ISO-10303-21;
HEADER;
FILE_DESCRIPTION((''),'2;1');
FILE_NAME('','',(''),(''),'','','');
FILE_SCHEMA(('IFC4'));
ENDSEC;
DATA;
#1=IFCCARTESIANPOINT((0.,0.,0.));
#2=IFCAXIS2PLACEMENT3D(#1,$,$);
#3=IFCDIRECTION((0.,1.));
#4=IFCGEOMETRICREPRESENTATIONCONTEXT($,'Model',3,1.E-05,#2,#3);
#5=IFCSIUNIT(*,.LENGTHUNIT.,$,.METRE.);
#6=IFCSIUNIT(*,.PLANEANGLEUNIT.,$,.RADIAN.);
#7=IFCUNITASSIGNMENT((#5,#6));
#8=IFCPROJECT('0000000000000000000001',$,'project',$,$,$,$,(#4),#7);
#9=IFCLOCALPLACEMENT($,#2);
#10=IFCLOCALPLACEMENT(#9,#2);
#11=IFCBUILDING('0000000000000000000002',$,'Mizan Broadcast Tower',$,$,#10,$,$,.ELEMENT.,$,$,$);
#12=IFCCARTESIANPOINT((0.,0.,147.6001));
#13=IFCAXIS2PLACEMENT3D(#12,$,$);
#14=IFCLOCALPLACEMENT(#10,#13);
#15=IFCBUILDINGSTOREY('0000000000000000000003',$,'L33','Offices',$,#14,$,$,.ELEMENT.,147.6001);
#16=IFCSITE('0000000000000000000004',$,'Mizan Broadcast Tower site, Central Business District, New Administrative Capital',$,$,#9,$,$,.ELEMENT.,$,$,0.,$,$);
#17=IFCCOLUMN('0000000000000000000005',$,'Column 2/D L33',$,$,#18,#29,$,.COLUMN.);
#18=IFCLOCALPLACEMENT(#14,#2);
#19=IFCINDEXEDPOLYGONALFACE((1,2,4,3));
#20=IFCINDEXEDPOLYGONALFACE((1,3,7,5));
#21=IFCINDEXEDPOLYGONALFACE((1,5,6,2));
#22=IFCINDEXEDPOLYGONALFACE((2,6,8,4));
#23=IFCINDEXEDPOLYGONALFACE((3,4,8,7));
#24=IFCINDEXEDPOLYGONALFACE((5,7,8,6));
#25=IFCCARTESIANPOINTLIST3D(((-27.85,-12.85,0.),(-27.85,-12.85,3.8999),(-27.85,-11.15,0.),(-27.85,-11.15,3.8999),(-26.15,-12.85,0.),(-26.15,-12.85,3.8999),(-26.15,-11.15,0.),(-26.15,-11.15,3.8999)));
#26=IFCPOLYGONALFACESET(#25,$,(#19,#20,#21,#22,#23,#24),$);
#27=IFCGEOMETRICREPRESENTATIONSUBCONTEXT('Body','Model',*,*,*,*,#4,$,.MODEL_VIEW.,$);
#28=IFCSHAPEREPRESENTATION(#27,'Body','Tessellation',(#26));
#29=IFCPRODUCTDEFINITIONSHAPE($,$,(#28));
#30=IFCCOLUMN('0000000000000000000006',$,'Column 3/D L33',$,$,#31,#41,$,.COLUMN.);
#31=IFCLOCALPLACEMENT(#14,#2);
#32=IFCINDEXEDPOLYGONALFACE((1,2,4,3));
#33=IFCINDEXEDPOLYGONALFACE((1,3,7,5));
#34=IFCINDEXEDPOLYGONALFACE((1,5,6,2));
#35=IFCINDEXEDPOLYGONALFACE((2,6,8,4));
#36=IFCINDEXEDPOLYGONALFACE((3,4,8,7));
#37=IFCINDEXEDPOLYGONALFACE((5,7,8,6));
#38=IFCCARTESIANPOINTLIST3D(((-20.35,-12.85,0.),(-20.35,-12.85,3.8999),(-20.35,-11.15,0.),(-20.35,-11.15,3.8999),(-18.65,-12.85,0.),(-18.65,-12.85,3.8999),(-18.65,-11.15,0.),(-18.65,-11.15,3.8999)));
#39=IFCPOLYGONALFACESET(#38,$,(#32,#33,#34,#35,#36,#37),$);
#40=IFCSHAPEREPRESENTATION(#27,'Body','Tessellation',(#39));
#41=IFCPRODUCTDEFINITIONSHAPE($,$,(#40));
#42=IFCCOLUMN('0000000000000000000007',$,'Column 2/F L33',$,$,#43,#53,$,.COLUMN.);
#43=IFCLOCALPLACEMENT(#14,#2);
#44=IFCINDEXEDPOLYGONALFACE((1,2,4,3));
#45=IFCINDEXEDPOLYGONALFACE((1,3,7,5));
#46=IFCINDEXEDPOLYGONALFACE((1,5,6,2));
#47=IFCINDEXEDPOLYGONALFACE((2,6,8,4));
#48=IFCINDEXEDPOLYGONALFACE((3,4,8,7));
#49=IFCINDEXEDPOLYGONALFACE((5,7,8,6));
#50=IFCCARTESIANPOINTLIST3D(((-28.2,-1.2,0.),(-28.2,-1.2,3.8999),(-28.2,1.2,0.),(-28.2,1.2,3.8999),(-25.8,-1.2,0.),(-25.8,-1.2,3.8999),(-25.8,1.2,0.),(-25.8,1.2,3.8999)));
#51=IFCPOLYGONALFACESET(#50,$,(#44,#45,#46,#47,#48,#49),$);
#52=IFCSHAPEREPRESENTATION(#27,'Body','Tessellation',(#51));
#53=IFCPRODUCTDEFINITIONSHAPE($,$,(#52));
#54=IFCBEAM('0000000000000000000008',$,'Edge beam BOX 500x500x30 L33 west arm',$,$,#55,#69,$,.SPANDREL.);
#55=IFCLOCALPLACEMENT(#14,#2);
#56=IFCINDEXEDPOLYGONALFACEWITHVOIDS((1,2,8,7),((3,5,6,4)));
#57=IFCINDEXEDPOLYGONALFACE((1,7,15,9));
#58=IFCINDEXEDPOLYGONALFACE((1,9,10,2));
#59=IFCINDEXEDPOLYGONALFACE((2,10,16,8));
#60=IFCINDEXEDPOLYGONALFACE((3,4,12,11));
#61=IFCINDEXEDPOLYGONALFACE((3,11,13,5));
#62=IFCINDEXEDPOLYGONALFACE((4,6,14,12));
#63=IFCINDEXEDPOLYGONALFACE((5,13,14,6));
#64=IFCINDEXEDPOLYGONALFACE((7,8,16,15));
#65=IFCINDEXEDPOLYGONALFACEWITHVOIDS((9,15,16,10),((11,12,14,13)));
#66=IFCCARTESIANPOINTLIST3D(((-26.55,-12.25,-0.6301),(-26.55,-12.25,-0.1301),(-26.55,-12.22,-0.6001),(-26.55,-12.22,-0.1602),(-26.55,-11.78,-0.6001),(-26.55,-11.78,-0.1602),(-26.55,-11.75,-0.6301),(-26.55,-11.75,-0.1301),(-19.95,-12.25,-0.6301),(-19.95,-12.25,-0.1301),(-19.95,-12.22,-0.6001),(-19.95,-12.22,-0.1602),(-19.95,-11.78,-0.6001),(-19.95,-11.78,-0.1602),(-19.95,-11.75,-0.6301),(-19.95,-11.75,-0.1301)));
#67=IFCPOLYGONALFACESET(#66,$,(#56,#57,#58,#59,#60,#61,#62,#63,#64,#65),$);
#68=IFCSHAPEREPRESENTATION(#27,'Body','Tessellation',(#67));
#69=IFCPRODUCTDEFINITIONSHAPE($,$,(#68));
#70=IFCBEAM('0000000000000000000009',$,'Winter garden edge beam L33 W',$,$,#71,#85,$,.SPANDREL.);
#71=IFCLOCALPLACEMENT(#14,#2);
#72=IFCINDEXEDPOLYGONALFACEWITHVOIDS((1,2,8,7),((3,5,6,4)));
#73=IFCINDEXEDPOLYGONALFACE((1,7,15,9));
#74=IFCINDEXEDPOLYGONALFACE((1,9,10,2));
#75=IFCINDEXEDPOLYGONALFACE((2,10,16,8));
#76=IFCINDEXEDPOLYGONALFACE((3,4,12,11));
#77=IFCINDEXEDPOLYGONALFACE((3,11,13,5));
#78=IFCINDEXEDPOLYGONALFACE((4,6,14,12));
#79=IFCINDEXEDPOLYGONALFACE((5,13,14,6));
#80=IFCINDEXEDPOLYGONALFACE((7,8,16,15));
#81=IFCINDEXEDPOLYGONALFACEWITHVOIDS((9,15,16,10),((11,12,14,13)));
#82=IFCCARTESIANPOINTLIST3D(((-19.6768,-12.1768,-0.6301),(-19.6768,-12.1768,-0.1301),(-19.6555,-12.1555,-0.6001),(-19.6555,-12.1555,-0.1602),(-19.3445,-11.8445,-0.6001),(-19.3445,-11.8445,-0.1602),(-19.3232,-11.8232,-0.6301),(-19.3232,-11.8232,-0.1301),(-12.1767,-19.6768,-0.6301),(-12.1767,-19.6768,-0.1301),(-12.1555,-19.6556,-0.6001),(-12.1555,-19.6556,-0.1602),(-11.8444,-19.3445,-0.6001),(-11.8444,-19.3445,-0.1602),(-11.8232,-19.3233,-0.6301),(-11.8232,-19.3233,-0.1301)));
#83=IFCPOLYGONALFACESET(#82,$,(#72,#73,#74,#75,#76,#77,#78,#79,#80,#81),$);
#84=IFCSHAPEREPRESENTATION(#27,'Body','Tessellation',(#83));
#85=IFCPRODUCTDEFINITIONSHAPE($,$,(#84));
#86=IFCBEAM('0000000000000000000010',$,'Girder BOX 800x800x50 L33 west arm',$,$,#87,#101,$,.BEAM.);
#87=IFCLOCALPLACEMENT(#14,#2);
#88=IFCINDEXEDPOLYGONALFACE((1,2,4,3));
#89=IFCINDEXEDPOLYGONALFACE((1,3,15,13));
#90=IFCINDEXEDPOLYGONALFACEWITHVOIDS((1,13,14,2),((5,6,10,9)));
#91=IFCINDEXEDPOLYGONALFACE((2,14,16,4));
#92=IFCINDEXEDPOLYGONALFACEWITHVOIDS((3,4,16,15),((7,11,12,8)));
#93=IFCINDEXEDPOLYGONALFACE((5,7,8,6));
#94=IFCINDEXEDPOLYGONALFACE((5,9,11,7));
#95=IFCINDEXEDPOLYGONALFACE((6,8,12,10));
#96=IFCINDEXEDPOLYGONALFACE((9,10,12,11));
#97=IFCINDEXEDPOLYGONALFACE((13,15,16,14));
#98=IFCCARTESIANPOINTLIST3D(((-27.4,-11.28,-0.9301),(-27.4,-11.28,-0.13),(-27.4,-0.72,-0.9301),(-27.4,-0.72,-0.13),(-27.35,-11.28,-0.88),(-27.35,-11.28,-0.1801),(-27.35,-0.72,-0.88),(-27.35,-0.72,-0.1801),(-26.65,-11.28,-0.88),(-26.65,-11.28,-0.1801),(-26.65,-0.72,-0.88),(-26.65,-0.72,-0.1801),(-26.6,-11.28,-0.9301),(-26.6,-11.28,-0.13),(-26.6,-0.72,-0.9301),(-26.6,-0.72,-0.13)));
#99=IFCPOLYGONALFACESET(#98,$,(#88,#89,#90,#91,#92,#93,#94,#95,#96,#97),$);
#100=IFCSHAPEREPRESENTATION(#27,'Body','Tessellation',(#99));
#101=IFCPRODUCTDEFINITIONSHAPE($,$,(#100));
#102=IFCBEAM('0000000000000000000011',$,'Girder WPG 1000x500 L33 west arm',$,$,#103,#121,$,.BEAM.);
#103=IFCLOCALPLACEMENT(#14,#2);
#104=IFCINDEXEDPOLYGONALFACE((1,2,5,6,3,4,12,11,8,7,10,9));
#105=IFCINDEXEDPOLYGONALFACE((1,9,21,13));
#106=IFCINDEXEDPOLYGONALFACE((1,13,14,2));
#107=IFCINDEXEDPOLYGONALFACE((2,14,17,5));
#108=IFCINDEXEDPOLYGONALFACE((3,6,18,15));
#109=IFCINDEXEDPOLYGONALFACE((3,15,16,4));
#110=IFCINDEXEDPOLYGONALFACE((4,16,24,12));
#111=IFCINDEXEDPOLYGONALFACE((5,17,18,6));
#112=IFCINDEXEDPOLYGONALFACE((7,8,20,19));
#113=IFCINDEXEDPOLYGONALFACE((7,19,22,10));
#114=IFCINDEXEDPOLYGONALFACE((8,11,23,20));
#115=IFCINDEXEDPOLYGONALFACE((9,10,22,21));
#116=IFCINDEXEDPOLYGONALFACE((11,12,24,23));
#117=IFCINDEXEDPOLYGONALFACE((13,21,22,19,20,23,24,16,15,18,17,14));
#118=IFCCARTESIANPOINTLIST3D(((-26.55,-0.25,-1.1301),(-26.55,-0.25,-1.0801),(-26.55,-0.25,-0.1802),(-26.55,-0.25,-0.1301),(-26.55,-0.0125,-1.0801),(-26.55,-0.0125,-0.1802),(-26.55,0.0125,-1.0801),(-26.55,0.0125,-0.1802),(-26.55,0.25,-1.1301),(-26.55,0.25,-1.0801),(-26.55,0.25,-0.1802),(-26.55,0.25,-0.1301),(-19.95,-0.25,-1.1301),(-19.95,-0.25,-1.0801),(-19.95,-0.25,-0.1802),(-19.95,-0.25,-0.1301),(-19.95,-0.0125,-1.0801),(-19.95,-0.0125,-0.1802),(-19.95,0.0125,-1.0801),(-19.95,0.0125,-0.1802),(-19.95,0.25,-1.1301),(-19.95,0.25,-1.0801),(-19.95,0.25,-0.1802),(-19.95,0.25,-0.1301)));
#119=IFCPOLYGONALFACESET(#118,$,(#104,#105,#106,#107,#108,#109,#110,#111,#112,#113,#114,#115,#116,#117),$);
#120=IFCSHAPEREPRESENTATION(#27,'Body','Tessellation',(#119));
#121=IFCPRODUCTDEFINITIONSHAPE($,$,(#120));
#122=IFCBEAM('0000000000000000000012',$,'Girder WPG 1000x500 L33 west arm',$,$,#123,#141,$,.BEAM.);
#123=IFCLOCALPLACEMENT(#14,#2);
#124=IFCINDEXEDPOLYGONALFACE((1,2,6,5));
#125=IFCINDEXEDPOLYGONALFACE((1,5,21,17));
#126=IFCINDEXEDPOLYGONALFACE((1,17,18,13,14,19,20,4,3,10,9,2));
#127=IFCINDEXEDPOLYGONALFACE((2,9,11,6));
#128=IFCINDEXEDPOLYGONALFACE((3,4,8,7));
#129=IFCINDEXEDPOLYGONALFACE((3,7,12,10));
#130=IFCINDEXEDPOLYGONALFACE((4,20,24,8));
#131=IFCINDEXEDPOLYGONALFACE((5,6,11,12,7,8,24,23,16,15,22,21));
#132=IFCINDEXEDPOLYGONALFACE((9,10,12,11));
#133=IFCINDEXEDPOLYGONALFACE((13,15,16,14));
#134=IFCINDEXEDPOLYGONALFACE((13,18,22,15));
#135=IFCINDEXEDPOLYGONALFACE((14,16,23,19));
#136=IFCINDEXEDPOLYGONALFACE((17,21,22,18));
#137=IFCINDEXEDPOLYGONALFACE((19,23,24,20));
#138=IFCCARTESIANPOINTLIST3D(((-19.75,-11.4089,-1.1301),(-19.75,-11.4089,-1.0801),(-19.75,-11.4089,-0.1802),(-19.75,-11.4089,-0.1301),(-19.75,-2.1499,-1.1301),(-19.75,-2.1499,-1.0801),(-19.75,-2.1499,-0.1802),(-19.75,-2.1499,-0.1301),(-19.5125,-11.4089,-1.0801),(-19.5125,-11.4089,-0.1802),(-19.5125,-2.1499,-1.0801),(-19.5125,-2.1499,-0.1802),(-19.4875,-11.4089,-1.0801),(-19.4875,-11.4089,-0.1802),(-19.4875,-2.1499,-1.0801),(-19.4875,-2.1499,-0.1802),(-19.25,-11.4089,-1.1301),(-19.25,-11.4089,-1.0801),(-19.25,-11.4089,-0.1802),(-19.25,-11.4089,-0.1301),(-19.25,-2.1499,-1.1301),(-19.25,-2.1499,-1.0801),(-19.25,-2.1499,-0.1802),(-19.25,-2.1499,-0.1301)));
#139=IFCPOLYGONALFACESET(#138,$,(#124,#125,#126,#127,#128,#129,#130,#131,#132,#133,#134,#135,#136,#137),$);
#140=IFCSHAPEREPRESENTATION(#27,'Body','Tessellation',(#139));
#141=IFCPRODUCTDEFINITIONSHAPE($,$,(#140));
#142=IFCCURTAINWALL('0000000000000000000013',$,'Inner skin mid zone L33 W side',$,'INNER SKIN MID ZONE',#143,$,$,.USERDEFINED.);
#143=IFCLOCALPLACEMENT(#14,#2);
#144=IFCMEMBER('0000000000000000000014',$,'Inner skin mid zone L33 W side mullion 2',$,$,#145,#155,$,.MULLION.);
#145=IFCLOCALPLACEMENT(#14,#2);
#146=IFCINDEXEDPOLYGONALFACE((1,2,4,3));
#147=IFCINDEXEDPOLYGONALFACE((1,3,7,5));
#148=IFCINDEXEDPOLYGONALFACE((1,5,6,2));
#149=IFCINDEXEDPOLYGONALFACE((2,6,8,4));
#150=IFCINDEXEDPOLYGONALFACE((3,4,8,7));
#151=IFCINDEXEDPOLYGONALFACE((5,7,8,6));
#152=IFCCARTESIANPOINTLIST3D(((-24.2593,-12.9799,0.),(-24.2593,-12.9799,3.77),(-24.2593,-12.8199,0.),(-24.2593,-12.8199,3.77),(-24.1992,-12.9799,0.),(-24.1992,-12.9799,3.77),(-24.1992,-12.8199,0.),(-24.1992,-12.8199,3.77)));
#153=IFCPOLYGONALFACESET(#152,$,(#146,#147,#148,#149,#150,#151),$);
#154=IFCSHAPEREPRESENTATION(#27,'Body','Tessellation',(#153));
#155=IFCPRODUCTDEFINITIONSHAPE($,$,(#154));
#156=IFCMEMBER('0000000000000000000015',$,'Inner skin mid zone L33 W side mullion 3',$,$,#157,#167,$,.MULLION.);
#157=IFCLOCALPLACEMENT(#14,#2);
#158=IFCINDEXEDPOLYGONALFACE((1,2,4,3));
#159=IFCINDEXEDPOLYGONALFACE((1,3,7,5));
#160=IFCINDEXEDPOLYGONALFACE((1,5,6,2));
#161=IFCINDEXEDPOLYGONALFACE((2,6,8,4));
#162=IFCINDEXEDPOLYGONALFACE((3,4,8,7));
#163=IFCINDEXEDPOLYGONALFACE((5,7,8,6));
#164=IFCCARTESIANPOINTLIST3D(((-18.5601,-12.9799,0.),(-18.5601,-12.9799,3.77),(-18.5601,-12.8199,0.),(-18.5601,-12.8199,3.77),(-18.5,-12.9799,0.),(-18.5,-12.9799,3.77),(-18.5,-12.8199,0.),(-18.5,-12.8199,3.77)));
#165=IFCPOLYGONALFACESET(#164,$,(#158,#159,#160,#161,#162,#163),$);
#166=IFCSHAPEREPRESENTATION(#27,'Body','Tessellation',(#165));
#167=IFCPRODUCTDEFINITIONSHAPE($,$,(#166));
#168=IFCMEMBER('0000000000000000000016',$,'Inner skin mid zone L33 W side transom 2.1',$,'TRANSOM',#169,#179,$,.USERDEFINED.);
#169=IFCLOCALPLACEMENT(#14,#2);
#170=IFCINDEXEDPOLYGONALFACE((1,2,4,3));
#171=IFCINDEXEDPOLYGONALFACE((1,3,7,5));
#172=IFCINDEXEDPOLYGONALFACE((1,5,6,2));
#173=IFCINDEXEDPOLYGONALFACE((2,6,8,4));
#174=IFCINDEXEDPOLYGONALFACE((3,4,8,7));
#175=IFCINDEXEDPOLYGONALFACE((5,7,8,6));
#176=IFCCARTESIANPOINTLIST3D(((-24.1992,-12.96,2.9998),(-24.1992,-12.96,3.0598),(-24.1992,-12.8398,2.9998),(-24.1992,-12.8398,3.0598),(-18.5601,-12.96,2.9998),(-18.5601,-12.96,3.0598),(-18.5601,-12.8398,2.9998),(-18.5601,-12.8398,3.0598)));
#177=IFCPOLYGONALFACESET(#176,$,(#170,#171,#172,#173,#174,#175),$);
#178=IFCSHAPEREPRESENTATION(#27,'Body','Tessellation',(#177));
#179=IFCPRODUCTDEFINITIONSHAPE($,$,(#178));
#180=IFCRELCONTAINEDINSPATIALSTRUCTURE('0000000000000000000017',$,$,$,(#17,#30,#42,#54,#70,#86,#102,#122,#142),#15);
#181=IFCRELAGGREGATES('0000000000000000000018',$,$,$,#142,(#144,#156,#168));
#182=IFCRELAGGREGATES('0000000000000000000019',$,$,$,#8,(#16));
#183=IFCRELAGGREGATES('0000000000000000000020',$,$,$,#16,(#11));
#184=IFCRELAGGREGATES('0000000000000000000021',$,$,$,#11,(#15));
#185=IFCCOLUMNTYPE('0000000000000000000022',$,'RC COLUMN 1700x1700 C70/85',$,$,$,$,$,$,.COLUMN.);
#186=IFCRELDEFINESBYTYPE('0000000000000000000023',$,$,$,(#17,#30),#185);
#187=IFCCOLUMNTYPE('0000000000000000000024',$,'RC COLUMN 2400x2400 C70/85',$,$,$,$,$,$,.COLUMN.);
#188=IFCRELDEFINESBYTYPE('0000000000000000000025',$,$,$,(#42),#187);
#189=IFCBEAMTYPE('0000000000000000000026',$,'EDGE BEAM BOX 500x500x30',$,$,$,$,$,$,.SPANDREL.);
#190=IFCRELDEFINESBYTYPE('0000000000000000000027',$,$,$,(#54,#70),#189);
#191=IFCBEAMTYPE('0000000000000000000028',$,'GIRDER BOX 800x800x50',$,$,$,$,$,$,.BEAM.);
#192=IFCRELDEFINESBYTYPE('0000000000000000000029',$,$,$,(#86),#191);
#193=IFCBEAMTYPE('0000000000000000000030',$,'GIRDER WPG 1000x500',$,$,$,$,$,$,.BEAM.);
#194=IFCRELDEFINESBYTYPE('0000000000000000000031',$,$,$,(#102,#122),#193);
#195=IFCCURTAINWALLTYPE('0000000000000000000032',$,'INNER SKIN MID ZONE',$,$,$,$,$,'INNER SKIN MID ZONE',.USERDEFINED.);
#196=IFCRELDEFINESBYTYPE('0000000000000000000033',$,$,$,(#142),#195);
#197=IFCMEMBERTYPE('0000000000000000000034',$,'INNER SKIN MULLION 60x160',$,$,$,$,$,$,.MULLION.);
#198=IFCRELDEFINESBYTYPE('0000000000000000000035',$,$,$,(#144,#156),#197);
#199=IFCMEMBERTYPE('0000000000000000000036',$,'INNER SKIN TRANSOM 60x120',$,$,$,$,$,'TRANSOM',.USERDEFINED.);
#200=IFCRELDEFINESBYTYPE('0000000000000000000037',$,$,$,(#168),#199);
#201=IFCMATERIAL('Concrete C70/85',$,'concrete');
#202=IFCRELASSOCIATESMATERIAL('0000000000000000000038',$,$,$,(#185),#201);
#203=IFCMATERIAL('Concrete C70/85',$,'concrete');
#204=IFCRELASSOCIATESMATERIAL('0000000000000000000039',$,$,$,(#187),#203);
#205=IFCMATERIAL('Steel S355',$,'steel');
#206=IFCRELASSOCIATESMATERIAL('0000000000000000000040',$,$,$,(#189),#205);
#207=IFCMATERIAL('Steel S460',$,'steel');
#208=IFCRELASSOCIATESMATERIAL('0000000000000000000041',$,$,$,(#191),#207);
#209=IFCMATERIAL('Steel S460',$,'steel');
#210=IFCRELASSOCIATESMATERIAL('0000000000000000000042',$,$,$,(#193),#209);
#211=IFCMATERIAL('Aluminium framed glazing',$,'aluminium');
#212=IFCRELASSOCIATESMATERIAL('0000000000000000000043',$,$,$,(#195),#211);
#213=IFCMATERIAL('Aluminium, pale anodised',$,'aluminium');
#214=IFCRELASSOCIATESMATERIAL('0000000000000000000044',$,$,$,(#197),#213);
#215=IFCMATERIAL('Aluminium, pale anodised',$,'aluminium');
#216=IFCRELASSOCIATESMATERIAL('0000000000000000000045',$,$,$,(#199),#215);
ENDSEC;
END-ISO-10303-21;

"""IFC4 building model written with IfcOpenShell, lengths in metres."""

from ifc_helpers import new_model, si_unit, direction, frame, origin, origin_2d, place, context, subcontext, project, spatial, rectangle, hollow_rectangle, i_section, extrude, material, material_profile, profile_set, type_object, element, aggregate, save


model = new_model("IFC4")

# Units and contexts
model_context = context("Model", 3, precision=1e-05, world=origin(), true_north=direction((0.0, 1.0)))
body_context = subcontext(model_context, "Body", "Model", "MODEL_VIEW")
ifc_project = project(units=[si_unit("LENGTHUNIT", "METRE"), si_unit("PLANEANGLEUNIT", "RADIAN")], contexts=[model_context])

# Site, building, storey
site_placement = place(None, origin())
site = spatial("IfcSite", under=ifc_project, at=site_placement, Name="Mizan Broadcast Tower site, Central Business District, New Administrative Capital", CompositionType="ELEMENT", RefElevation=0.0)
building_placement = place(site_placement, origin())
building = spatial("IfcBuilding", under=site, at=building_placement, Name="Mizan Broadcast Tower", CompositionType="ELEMENT")
storey_placement = place(building_placement, frame((0.0, 0.0, 147.6001)))
storey = spatial("IfcBuildingStorey", under=building, at=storey_placement, Name="L33", Description="Offices", CompositionType="ELEMENT", Elevation=147.6001)

# Columns
ifc_material_1 = material(Name="Concrete C70/85", Category="concrete")
ifc_material_profile_1 = material_profile(ifc_material_1, rectangle(XDim=1.7, YDim=1.7, at=origin_2d()), Name="RC 1700x1700")
ifc_profile_set_1 = profile_set([ifc_material_profile_1], Name="Concrete C70/85")
column_type_1 = type_object("IfcColumnType", Name="RC COLUMN 1700x1700 C70/85", PredefinedType="COLUMN", material=ifc_profile_set_1)
for number, where, z_axis, x_axis, name in (
    (1, (-27.0, -12.0, 0.0), (0.0, 0.0, 1.0), (1.0, 0.0, 0.0), "Column 2/D L33"),
    (2, (-19.5, -12.0, 0.0), (0.0, 0.0, 1.0), (1.0, 0.0, 0.0), "Column 3/D L33"),
):
    element("IfcColumn", number, at=place(storey_placement, frame(where, z_axis=z_axis, x_axis=x_axis)), inside=storey, type_object=column_type_1, Name=name, PredefinedType="COLUMN", context=body_context, shape_type="SweptSolid", body=[
        extrude(rectangle(XDim=1.7, YDim=1.7, at=origin_2d()), origin(), (0.0, 0.0, 1.0), 3.8999),
    ])
ifc_material_2 = material(Name="Concrete C70/85", Category="concrete")
ifc_material_profile_2 = material_profile(ifc_material_2, rectangle(XDim=2.3999, YDim=2.3999, at=origin_2d()), Name="RC 2400x2400")
ifc_profile_set_2 = profile_set([ifc_material_profile_2], Name="Concrete C70/85")
column_type_2 = type_object("IfcColumnType", Name="RC COLUMN 2400x2400 C70/85", PredefinedType="COLUMN", material=ifc_profile_set_2)
column_placement = place(storey_placement, frame((-27.0, 0.0, 0.0), z_axis=(0.0, 0.0, 1.0), x_axis=(1.0, 0.0, 0.0)))
element("IfcColumn", 3, at=column_placement, inside=storey, type_object=column_type_2, Name="Column 2/F L33", PredefinedType="COLUMN", context=body_context, shape_type="SweptSolid", body=[
    extrude(rectangle(XDim=2.3999, YDim=2.3999, at=origin_2d()), origin(), (0.0, 0.0, 1.0), 3.8999),
])

# Beams
ifc_material_3 = material(Name="Steel S355", Category="steel")
ifc_material_profile_3 = material_profile(ifc_material_3, hollow_rectangle(XDim=0.5, YDim=0.5, WallThickness=0.03, at=origin_2d()), Name="BOX 500x500x30")
ifc_profile_set_3 = profile_set([ifc_material_profile_3], Name="Steel S355")
beam_type_1 = type_object("IfcBeamType", Name="EDGE BEAM BOX 500x500x30", PredefinedType="SPANDREL", material=ifc_profile_set_3)
beam_1_placement = place(storey_placement, frame((-19.95, -12.0, -0.3801), z_axis=(-1.0, 0.0, 0.0), x_axis=(0.0, -1.0, 0.0)))
element("IfcBeam", 4, at=beam_1_placement, inside=storey, type_object=beam_type_1, Name="Edge beam BOX 500x500x30 L33 west arm", PredefinedType="SPANDREL", context=body_context, shape_type="SweptSolid", body=[
    extrude(hollow_rectangle(XDim=0.5, YDim=0.5, WallThickness=0.03, at=origin_2d()), origin(), (0.0, 0.0, 1.0), 6.6001),
])
beam_2_placement = place(storey_placement, frame((-19.5, -12.0, -0.3801), z_axis=(0.707107, -0.707107, 0.0), x_axis=(0.707107, 0.707107, 0.0)))
element("IfcBeam", 5, at=beam_2_placement, inside=storey, type_object=beam_type_1, Name="Winter garden edge beam L33 W", PredefinedType="SPANDREL", context=body_context, shape_type="SweptSolid", body=[
    extrude(hollow_rectangle(XDim=0.5, YDim=0.5, WallThickness=0.03, at=origin_2d()), origin(), (0.0, 0.0, 1.0), 10.6067),
])
ifc_material_4 = material(Name="Steel S460", Category="steel")
ifc_material_profile_4 = material_profile(ifc_material_4, hollow_rectangle(XDim=0.8, YDim=0.8, WallThickness=0.05, at=origin_2d()), Name="BOX 800x800x50")
ifc_profile_set_4 = profile_set([ifc_material_profile_4], Name="Steel S460")
beam_type_2 = type_object("IfcBeamType", Name="GIRDER BOX 800x800x50", PredefinedType="BEAM", material=ifc_profile_set_4)
beam_3_placement = place(storey_placement, frame((-27.0, -11.28, -0.53), z_axis=(0.0, 1.0, 0.0), x_axis=(-1.0, 0.0, 0.0)))
element("IfcBeam", 6, at=beam_3_placement, inside=storey, type_object=beam_type_2, Name="Girder BOX 800x800x50 L33 west arm", PredefinedType="BEAM", context=body_context, shape_type="SweptSolid", body=[
    extrude(hollow_rectangle(XDim=0.8, YDim=0.8, WallThickness=0.05, at=origin_2d()), origin(), (0.0, 0.0, 1.0), 10.5601),
])
ifc_material_5 = material(Name="Steel S460", Category="steel")
ifc_material_profile_5 = material_profile(ifc_material_5, i_section(OverallWidth=0.5, OverallDepth=1.0, WebThickness=0.0249, FlangeThickness=0.05, at=origin_2d()), Name="WPG 1000x500")
ifc_profile_set_5 = profile_set([ifc_material_profile_5], Name="Steel S460")
beam_type_3 = type_object("IfcBeamType", Name="GIRDER WPG 1000x500", PredefinedType="BEAM", material=ifc_profile_set_5)
beam_4_placement = place(storey_placement, frame((-19.95, 0.0, -0.6301), z_axis=(-1.0, 0.0, 0.0), x_axis=(0.0, -1.0, 0.0)))
element("IfcBeam", 7, at=beam_4_placement, inside=storey, type_object=beam_type_3, Name="Girder WPG 1000x500 L33 west arm", PredefinedType="BEAM", context=body_context, shape_type="SweptSolid", body=[
    extrude(i_section(OverallWidth=0.5, OverallDepth=1.0, WebThickness=0.0249, FlangeThickness=0.05, at=origin_2d()), origin(), (0.0, 0.0, 1.0), 6.6001),
])
beam_5_placement = place(storey_placement, frame((-19.5, -11.4089, -0.6301), z_axis=(0.0, 1.0, 0.0), x_axis=(-1.0, 0.0, 0.0)))
element("IfcBeam", 8, at=beam_5_placement, inside=storey, type_object=beam_type_3, Name="Girder WPG 1000x500 L33 west arm", PredefinedType="BEAM", context=body_context, shape_type="SweptSolid", body=[
    extrude(i_section(OverallWidth=0.5, OverallDepth=1.0, WebThickness=0.0249, FlangeThickness=0.05, at=origin_2d()), origin(), (0.0, 0.0, 1.0), 9.259),
])

# Curtain wall, members
ifc_material_6 = material(Name="Aluminium framed glazing", Category="aluminium")
curtain_wall_type_1 = type_object("IfcCurtainWallType", Name="INNER SKIN MID ZONE", ElementType="INNER SKIN MID ZONE", PredefinedType="USERDEFINED", material=ifc_material_6)
curtain_wall_1_placement = place(storey_placement, origin())
curtain_wall_1 = element("IfcCurtainWall", 9, at=curtain_wall_1_placement, inside=storey, type_object=curtain_wall_type_1, Name="Inner skin mid zone L33 W side", ObjectType="INNER SKIN MID ZONE", PredefinedType="USERDEFINED")
ifc_material_7 = material(Name="Aluminium, pale anodised", Category="aluminium")
ifc_material_profile_6 = material_profile(ifc_material_7, rectangle(XDim=0.1599, YDim=0.0601, at=origin_2d()), Name="MULLION 160x60")
ifc_profile_set_6 = profile_set([ifc_material_profile_6], Name="Aluminium, pale anodised")
member_type_1 = type_object("IfcMemberType", Name="INNER SKIN MULLION 60x160", PredefinedType="MULLION", material=ifc_profile_set_6)
member_1_placement = place(storey_placement, frame((-24.2292, -12.8999, 0.0), z_axis=(0.0, 0.0, 1.0), x_axis=(0.0, 1.0, 0.0)))
member_1 = element("IfcMember", 10, at=member_1_placement, type_object=member_type_1, Name="Inner skin mid zone L33 W side mullion 2", PredefinedType="MULLION", context=body_context, shape_type="SweptSolid", body=[
    extrude(rectangle(XDim=0.1599, YDim=0.0601, at=origin_2d()), origin(), (0.0, 0.0, 1.0), 3.77),
])
member_2_placement = place(storey_placement, frame((-18.53, -12.8999, 0.0), z_axis=(0.0, 0.0, 1.0), x_axis=(0.0, 1.0, 0.0)))
member_2 = element("IfcMember", 11, at=member_2_placement, type_object=member_type_1, Name="Inner skin mid zone L33 W side mullion 3", PredefinedType="MULLION", context=body_context, shape_type="SweptSolid", body=[
    extrude(rectangle(XDim=0.1599, YDim=0.0601, at=origin_2d()), origin(), (0.0, 0.0, 1.0), 3.77),
])
ifc_material_8 = material(Name="Aluminium, pale anodised", Category="aluminium")
ifc_material_profile_7 = material_profile(ifc_material_8, rectangle(XDim=0.1201, YDim=0.0601, at=origin_2d()), Name="TRANSOM 120x60")
ifc_profile_set_7 = profile_set([ifc_material_profile_7], Name="Aluminium, pale anodised")
member_type_2 = type_object("IfcMemberType", Name="INNER SKIN TRANSOM 60x120", ElementType="TRANSOM", PredefinedType="USERDEFINED", material=ifc_profile_set_7)
member_3_placement = place(storey_placement, frame((-24.1992, -12.8999, 3.0298), z_axis=(1.0, 0.0, 0.0), x_axis=(0.0, 1.0, 0.0)))
member_3 = element("IfcMember", 12, at=member_3_placement, type_object=member_type_2, Name="Inner skin mid zone L33 W side transom 2.1", ObjectType="TRANSOM", PredefinedType="USERDEFINED", context=body_context, shape_type="SweptSolid", body=[
    extrude(rectangle(XDim=0.1201, YDim=0.0601, at=origin_2d()), origin(), (0.0, 0.0, 1.0), 5.6392),
])

aggregate(curtain_wall_1, [member_1, member_2, member_3])

save(model, "model.ifc")
